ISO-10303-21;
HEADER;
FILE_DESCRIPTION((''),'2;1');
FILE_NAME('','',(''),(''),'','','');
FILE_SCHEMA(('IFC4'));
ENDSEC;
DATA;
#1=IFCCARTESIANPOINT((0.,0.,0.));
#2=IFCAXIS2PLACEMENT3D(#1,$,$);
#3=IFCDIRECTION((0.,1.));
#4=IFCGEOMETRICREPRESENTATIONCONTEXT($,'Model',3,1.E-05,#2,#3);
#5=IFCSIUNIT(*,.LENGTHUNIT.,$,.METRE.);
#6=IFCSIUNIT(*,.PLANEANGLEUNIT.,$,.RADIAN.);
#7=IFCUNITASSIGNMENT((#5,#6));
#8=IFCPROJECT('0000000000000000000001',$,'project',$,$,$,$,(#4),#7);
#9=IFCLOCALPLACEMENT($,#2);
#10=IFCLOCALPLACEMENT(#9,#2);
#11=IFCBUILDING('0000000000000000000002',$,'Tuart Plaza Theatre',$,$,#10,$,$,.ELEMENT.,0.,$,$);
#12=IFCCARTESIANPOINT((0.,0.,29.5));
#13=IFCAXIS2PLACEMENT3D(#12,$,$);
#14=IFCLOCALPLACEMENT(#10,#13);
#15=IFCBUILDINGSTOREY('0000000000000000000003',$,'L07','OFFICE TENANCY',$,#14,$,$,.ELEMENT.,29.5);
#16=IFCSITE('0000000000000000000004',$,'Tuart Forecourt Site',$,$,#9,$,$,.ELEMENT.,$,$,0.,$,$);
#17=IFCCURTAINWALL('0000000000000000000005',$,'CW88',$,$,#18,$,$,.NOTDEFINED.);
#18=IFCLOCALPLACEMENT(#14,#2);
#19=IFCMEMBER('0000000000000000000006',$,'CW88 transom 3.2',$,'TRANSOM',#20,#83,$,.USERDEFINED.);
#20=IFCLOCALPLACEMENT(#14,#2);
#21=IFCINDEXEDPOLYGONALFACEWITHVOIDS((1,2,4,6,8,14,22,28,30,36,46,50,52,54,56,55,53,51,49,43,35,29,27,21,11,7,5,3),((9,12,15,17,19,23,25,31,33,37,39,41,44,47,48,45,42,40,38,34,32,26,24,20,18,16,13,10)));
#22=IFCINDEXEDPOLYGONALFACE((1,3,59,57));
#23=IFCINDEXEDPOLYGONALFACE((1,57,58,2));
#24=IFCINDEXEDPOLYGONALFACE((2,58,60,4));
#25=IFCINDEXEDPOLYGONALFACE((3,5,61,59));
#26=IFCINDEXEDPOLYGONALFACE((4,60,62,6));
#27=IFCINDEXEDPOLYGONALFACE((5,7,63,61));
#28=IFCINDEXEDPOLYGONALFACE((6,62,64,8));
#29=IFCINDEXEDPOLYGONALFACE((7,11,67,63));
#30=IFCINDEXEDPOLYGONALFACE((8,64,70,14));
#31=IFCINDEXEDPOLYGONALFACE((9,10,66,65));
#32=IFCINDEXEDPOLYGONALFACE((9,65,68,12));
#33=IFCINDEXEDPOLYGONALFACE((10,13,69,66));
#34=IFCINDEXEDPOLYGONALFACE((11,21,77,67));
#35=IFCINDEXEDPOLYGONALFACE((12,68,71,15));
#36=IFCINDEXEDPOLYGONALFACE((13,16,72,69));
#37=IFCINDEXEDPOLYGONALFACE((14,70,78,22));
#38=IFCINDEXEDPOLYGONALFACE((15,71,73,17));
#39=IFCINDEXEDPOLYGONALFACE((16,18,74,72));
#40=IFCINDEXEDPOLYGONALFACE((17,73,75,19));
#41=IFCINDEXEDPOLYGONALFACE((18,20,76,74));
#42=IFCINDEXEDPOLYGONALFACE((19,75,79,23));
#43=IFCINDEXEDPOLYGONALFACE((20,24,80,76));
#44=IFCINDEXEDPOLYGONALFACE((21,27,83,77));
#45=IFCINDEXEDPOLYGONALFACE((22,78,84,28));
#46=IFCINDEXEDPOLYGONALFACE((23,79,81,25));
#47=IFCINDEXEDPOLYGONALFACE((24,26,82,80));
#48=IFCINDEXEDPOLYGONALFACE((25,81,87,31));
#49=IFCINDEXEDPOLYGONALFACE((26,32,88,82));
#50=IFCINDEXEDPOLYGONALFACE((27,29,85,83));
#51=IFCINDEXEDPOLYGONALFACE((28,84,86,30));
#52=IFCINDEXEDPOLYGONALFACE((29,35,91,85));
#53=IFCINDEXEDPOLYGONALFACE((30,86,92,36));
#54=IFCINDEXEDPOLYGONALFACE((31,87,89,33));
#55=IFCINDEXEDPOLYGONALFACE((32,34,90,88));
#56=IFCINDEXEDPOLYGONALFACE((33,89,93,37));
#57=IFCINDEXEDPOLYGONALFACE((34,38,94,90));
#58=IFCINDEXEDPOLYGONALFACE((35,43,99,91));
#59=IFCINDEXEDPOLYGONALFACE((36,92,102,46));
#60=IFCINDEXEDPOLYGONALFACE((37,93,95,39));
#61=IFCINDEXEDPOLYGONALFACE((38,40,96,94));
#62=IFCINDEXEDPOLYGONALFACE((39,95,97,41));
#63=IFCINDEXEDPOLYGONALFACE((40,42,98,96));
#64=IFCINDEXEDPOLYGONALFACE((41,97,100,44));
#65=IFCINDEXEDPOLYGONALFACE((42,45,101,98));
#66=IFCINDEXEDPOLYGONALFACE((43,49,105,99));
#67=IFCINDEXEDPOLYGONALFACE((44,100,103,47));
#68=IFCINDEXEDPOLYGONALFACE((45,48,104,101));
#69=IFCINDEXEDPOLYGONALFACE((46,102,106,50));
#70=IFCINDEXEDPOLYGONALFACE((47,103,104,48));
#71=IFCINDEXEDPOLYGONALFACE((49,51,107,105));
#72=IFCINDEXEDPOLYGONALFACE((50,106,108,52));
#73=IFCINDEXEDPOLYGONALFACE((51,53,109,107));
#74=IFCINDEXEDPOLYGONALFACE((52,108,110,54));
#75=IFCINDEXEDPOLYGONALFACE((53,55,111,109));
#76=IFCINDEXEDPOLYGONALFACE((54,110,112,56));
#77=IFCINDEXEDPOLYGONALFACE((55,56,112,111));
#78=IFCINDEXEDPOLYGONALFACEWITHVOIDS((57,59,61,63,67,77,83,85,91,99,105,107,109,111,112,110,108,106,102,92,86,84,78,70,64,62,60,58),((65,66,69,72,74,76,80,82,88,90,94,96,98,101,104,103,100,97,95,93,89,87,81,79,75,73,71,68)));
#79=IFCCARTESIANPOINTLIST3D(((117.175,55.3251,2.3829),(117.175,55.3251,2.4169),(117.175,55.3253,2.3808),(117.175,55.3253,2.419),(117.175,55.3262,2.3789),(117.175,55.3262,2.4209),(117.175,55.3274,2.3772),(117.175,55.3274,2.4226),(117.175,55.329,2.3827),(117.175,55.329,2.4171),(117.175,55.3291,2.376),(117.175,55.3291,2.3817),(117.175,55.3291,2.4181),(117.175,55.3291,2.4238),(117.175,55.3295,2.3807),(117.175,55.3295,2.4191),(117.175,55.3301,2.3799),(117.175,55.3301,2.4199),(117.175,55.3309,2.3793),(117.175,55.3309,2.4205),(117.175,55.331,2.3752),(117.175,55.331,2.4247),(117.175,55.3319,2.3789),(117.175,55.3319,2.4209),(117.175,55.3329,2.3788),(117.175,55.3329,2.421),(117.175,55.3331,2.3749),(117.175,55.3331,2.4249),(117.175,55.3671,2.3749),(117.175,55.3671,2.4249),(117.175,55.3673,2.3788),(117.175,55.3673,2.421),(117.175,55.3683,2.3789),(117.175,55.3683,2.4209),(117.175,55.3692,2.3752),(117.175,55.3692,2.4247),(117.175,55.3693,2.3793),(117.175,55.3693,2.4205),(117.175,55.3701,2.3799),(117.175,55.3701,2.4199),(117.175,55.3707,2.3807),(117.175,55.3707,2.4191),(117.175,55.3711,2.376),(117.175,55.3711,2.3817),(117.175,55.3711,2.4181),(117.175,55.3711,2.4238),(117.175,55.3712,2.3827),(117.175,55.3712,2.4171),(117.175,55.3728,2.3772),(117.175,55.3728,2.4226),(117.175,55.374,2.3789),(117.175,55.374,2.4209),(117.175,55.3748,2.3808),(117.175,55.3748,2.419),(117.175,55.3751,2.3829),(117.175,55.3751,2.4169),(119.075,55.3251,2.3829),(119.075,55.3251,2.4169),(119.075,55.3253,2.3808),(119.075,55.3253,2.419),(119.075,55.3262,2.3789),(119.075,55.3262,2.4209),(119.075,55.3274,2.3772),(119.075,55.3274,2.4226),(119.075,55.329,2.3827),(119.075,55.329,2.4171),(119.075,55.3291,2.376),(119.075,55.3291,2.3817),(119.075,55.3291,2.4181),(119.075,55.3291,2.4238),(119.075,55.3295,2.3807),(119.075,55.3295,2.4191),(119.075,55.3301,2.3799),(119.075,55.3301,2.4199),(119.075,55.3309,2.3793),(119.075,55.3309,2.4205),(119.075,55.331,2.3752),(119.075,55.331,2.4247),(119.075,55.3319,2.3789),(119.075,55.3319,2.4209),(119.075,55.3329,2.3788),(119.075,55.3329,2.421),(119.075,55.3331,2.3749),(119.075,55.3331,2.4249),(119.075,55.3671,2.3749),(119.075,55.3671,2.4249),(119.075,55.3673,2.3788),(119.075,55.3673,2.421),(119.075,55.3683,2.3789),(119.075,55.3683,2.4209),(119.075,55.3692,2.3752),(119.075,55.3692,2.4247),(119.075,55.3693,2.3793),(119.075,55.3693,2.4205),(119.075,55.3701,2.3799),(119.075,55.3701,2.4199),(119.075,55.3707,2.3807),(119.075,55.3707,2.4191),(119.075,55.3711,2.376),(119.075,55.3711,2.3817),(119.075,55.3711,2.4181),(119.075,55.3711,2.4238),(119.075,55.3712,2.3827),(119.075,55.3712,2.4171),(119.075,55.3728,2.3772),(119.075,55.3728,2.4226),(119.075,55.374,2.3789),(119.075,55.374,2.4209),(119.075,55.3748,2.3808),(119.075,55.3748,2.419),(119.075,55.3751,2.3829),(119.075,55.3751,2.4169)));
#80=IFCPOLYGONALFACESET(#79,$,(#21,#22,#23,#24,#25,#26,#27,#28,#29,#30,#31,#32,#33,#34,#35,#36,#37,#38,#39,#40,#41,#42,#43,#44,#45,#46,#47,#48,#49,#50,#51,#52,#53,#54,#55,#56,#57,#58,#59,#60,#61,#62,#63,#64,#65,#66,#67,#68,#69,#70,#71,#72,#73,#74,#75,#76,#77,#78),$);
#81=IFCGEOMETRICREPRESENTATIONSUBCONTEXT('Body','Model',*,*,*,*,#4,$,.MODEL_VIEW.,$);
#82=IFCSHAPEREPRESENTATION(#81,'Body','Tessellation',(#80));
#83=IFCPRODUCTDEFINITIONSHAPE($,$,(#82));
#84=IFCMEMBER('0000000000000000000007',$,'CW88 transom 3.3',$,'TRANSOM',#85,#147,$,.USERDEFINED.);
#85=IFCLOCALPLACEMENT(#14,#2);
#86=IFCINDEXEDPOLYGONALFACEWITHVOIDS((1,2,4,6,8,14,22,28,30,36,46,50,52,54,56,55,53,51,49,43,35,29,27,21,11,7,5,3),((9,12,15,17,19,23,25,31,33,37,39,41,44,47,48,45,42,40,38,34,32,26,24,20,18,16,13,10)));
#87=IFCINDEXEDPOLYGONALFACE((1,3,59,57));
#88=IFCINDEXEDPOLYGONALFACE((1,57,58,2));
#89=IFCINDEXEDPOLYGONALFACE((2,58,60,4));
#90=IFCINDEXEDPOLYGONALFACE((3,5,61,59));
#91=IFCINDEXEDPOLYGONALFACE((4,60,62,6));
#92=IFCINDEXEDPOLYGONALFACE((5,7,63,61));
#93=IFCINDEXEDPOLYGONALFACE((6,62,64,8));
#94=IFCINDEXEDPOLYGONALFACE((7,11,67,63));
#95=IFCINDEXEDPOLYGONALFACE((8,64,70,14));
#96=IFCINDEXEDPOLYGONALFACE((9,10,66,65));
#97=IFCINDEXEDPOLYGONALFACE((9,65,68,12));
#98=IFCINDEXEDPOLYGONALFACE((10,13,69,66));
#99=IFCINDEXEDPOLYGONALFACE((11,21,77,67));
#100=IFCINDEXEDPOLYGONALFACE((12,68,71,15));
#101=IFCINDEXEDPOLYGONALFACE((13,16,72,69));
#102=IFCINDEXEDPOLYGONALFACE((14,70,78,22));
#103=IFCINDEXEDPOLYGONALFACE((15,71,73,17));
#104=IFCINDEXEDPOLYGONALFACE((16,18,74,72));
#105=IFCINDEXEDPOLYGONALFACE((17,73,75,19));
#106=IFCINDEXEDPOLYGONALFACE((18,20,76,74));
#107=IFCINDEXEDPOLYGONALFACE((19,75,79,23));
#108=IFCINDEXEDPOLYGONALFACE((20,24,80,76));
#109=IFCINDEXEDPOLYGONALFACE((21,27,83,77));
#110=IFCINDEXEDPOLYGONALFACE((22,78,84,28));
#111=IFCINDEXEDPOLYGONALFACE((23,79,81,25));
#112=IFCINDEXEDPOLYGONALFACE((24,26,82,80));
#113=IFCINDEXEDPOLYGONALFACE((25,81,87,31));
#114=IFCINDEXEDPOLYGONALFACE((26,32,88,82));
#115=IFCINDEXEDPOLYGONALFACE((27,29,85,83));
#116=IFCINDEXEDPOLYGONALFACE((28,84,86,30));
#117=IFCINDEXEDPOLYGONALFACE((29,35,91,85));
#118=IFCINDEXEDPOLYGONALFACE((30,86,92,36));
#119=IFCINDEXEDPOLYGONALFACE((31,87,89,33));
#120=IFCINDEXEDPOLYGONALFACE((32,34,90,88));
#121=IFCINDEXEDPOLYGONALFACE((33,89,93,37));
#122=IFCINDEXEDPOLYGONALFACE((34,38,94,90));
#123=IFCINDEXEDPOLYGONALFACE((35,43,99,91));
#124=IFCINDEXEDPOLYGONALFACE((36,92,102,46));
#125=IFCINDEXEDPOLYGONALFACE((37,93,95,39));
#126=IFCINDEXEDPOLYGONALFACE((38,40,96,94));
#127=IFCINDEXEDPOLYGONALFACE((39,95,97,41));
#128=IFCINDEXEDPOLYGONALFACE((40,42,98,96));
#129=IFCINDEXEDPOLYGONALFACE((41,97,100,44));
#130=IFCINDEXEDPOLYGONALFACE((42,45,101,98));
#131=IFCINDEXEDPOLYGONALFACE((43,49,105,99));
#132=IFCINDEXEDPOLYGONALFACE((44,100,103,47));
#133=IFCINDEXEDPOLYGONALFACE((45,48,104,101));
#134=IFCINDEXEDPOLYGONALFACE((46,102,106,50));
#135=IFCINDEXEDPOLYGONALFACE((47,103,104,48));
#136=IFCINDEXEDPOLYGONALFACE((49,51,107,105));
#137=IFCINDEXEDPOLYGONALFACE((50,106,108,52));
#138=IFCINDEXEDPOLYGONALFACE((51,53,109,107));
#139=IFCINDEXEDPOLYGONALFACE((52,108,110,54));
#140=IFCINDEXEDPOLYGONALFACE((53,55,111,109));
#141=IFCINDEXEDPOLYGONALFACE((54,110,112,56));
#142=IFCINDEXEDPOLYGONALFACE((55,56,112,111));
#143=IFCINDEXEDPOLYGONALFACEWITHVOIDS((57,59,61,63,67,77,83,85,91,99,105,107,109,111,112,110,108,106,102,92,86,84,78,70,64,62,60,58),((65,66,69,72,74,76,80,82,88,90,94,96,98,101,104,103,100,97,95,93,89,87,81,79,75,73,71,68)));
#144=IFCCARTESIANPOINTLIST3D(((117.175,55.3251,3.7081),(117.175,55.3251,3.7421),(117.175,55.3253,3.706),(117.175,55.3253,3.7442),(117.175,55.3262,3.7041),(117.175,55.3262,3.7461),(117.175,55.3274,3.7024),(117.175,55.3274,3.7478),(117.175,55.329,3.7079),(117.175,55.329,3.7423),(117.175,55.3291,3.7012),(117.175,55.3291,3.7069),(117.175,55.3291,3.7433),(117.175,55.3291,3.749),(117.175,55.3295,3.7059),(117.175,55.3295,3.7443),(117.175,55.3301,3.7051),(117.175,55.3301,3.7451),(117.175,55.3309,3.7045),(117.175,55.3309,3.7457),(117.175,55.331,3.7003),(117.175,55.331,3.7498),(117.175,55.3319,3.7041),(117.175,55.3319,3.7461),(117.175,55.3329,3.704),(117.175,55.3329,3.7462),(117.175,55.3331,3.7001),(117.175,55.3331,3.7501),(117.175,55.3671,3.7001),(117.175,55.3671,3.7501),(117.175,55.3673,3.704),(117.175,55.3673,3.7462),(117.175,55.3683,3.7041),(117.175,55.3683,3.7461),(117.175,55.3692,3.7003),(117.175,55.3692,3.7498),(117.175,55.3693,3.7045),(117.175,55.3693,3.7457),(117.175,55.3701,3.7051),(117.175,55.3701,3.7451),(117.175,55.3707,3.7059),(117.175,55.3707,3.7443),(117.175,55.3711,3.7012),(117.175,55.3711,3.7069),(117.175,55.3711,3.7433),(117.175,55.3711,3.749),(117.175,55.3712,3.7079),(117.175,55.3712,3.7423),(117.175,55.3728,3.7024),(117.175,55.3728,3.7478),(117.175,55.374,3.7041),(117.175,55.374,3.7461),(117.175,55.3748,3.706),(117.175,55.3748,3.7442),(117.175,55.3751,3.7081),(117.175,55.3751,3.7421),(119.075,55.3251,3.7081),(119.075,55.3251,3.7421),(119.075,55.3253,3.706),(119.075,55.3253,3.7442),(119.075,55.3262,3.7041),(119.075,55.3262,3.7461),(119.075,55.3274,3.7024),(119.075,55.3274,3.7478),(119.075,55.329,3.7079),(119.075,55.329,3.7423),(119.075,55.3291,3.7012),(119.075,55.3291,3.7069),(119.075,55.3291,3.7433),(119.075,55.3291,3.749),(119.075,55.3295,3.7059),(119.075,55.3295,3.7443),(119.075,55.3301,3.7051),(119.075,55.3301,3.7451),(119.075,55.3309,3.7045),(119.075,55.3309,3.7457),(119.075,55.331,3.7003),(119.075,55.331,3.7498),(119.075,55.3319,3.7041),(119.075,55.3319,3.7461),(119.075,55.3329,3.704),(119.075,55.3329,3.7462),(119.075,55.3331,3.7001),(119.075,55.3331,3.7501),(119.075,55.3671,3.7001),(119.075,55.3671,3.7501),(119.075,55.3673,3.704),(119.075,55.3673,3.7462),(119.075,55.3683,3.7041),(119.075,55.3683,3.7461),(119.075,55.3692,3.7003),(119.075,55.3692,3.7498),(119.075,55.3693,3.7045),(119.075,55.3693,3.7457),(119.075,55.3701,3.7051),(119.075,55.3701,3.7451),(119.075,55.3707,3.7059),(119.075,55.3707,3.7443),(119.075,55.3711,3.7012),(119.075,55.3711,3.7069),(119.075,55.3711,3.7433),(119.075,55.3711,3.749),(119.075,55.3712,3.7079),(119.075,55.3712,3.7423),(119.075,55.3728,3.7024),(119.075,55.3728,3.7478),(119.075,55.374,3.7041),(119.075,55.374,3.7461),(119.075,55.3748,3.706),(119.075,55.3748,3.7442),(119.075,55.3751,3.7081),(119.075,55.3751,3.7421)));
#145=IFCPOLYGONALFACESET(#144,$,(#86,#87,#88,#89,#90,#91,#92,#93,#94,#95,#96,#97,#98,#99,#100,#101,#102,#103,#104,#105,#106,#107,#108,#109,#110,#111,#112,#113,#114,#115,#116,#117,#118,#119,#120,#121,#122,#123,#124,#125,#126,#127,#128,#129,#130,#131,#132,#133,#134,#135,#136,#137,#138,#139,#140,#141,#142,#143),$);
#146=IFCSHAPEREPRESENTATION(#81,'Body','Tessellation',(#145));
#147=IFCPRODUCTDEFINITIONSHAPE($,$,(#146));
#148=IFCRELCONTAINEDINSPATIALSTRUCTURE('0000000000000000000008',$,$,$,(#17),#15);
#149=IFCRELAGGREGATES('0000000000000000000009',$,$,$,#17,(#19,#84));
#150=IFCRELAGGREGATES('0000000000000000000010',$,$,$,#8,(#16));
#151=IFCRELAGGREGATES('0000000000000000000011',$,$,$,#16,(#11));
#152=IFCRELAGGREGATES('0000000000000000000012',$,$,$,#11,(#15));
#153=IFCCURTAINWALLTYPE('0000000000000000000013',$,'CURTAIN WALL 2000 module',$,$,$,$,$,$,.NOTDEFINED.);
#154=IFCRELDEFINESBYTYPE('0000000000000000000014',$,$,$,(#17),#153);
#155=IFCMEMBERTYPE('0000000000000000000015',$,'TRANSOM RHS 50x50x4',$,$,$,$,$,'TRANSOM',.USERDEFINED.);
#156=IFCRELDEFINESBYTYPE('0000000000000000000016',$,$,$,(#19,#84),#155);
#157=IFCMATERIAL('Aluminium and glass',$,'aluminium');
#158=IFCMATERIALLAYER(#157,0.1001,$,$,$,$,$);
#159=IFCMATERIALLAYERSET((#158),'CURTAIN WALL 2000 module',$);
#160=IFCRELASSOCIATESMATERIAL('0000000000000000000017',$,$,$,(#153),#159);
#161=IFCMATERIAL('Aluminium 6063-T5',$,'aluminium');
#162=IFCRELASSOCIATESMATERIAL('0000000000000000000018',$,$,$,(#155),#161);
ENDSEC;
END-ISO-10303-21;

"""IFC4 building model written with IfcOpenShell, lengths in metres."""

from ifc_helpers import new_model, si_unit, direction, frame, origin, origin_2d, place, context, subcontext, project, spatial, hollow_rectangle, extrude, material, layer, layer_set, material_profile, profile_set, type_object, element, aggregate, save


model = new_model("IFC4")

# Units and contexts
model_context = context("Model", 3, precision=1e-05, world=origin(), true_north=direction((0.0, 1.0)))
body_context = subcontext(model_context, "Body", "Model", "MODEL_VIEW")
ifc_project = project(units=[si_unit("LENGTHUNIT", "METRE"), si_unit("PLANEANGLEUNIT", "RADIAN")], contexts=[model_context])

# Site, building, storey
site_placement = place(None, origin())
site = spatial("IfcSite", under=ifc_project, at=site_placement, Name="Tuart Forecourt Site", CompositionType="ELEMENT", RefElevation=0.0)
building_placement = place(site_placement, origin())
building = spatial("IfcBuilding", under=site, at=building_placement, Name="Tuart Plaza Theatre", CompositionType="ELEMENT", ElevationOfRefHeight=0.0)
storey_placement = place(building_placement, frame((0.0, 0.0, 29.5)))
storey = spatial("IfcBuildingStorey", under=building, at=storey_placement, Name="L07", Description="OFFICE TENANCY", CompositionType="ELEMENT", Elevation=29.5)

# Curtain wall, members
ifc_material_1 = material(Name="Aluminium and glass", Category="aluminium")
ifc_layer_1 = layer(ifc_material_1, 0.1001)
ifc_layer_set_1 = layer_set([ifc_layer_1], Name="CURTAIN WALL 2000 module")
curtain_wall_type = type_object("IfcCurtainWallType", Name="CURTAIN WALL 2000 module", PredefinedType="NOTDEFINED", material=ifc_layer_set_1)
curtain_wall_placement = place(storey_placement, origin())
curtain_wall = element("IfcCurtainWall", 1, at=curtain_wall_placement, inside=storey, type_object=curtain_wall_type, Name="CW88", PredefinedType="NOTDEFINED")
ifc_material_2 = material(Name="Aluminium 6063-T5", Category="aluminium")
ifc_material_profile_1 = material_profile(ifc_material_2, hollow_rectangle(XDim=0.05, YDim=0.05, WallThickness=0.0039, InnerFilletRadius=0.0039, OuterFilletRadius=0.0081, at=origin_2d()), Name="RHS 50x50x4")
ifc_profile_set_1 = profile_set([ifc_material_profile_1], Name="Aluminium 6063-T5")
member_type_1 = type_object("IfcMemberType", Name="TRANSOM RHS 50x50x4", ElementType="TRANSOM", PredefinedType="USERDEFINED", material=ifc_profile_set_1)
member_1_placement = place(storey_placement, frame((117.175, 55.3501, 2.3999), z_axis=(1.0, 0.0, 0.0), x_axis=(0.0, 1.0, 0.0)))
member_1 = element("IfcMember", 2, at=member_1_placement, type_object=member_type_1, Name="CW88 transom 3.2", ObjectType="TRANSOM", PredefinedType="USERDEFINED", context=body_context, shape_type="SweptSolid", body=[
    extrude(hollow_rectangle(XDim=0.05, YDim=0.05, WallThickness=0.0039, InnerFilletRadius=0.0039, OuterFilletRadius=0.0081, at=origin_2d()), origin(), (0.0, 0.0, 1.0), 1.8999),
])
member_2_placement = place(storey_placement, frame((117.175, 55.3501, 3.7251), z_axis=(1.0, 0.0, 0.0), x_axis=(0.0, 1.0, 0.0)))
member_2 = element("IfcMember", 3, at=member_2_placement, type_object=member_type_1, Name="CW88 transom 3.3", ObjectType="TRANSOM", PredefinedType="USERDEFINED", context=body_context, shape_type="SweptSolid", body=[
    extrude(hollow_rectangle(XDim=0.05, YDim=0.05, WallThickness=0.0039, InnerFilletRadius=0.0039, OuterFilletRadius=0.0081, at=origin_2d()), origin(), (0.0, 0.0, 1.0), 1.8999),
])
aggregate(curtain_wall, [member_1, member_2])

save(model, "model.ifc")
